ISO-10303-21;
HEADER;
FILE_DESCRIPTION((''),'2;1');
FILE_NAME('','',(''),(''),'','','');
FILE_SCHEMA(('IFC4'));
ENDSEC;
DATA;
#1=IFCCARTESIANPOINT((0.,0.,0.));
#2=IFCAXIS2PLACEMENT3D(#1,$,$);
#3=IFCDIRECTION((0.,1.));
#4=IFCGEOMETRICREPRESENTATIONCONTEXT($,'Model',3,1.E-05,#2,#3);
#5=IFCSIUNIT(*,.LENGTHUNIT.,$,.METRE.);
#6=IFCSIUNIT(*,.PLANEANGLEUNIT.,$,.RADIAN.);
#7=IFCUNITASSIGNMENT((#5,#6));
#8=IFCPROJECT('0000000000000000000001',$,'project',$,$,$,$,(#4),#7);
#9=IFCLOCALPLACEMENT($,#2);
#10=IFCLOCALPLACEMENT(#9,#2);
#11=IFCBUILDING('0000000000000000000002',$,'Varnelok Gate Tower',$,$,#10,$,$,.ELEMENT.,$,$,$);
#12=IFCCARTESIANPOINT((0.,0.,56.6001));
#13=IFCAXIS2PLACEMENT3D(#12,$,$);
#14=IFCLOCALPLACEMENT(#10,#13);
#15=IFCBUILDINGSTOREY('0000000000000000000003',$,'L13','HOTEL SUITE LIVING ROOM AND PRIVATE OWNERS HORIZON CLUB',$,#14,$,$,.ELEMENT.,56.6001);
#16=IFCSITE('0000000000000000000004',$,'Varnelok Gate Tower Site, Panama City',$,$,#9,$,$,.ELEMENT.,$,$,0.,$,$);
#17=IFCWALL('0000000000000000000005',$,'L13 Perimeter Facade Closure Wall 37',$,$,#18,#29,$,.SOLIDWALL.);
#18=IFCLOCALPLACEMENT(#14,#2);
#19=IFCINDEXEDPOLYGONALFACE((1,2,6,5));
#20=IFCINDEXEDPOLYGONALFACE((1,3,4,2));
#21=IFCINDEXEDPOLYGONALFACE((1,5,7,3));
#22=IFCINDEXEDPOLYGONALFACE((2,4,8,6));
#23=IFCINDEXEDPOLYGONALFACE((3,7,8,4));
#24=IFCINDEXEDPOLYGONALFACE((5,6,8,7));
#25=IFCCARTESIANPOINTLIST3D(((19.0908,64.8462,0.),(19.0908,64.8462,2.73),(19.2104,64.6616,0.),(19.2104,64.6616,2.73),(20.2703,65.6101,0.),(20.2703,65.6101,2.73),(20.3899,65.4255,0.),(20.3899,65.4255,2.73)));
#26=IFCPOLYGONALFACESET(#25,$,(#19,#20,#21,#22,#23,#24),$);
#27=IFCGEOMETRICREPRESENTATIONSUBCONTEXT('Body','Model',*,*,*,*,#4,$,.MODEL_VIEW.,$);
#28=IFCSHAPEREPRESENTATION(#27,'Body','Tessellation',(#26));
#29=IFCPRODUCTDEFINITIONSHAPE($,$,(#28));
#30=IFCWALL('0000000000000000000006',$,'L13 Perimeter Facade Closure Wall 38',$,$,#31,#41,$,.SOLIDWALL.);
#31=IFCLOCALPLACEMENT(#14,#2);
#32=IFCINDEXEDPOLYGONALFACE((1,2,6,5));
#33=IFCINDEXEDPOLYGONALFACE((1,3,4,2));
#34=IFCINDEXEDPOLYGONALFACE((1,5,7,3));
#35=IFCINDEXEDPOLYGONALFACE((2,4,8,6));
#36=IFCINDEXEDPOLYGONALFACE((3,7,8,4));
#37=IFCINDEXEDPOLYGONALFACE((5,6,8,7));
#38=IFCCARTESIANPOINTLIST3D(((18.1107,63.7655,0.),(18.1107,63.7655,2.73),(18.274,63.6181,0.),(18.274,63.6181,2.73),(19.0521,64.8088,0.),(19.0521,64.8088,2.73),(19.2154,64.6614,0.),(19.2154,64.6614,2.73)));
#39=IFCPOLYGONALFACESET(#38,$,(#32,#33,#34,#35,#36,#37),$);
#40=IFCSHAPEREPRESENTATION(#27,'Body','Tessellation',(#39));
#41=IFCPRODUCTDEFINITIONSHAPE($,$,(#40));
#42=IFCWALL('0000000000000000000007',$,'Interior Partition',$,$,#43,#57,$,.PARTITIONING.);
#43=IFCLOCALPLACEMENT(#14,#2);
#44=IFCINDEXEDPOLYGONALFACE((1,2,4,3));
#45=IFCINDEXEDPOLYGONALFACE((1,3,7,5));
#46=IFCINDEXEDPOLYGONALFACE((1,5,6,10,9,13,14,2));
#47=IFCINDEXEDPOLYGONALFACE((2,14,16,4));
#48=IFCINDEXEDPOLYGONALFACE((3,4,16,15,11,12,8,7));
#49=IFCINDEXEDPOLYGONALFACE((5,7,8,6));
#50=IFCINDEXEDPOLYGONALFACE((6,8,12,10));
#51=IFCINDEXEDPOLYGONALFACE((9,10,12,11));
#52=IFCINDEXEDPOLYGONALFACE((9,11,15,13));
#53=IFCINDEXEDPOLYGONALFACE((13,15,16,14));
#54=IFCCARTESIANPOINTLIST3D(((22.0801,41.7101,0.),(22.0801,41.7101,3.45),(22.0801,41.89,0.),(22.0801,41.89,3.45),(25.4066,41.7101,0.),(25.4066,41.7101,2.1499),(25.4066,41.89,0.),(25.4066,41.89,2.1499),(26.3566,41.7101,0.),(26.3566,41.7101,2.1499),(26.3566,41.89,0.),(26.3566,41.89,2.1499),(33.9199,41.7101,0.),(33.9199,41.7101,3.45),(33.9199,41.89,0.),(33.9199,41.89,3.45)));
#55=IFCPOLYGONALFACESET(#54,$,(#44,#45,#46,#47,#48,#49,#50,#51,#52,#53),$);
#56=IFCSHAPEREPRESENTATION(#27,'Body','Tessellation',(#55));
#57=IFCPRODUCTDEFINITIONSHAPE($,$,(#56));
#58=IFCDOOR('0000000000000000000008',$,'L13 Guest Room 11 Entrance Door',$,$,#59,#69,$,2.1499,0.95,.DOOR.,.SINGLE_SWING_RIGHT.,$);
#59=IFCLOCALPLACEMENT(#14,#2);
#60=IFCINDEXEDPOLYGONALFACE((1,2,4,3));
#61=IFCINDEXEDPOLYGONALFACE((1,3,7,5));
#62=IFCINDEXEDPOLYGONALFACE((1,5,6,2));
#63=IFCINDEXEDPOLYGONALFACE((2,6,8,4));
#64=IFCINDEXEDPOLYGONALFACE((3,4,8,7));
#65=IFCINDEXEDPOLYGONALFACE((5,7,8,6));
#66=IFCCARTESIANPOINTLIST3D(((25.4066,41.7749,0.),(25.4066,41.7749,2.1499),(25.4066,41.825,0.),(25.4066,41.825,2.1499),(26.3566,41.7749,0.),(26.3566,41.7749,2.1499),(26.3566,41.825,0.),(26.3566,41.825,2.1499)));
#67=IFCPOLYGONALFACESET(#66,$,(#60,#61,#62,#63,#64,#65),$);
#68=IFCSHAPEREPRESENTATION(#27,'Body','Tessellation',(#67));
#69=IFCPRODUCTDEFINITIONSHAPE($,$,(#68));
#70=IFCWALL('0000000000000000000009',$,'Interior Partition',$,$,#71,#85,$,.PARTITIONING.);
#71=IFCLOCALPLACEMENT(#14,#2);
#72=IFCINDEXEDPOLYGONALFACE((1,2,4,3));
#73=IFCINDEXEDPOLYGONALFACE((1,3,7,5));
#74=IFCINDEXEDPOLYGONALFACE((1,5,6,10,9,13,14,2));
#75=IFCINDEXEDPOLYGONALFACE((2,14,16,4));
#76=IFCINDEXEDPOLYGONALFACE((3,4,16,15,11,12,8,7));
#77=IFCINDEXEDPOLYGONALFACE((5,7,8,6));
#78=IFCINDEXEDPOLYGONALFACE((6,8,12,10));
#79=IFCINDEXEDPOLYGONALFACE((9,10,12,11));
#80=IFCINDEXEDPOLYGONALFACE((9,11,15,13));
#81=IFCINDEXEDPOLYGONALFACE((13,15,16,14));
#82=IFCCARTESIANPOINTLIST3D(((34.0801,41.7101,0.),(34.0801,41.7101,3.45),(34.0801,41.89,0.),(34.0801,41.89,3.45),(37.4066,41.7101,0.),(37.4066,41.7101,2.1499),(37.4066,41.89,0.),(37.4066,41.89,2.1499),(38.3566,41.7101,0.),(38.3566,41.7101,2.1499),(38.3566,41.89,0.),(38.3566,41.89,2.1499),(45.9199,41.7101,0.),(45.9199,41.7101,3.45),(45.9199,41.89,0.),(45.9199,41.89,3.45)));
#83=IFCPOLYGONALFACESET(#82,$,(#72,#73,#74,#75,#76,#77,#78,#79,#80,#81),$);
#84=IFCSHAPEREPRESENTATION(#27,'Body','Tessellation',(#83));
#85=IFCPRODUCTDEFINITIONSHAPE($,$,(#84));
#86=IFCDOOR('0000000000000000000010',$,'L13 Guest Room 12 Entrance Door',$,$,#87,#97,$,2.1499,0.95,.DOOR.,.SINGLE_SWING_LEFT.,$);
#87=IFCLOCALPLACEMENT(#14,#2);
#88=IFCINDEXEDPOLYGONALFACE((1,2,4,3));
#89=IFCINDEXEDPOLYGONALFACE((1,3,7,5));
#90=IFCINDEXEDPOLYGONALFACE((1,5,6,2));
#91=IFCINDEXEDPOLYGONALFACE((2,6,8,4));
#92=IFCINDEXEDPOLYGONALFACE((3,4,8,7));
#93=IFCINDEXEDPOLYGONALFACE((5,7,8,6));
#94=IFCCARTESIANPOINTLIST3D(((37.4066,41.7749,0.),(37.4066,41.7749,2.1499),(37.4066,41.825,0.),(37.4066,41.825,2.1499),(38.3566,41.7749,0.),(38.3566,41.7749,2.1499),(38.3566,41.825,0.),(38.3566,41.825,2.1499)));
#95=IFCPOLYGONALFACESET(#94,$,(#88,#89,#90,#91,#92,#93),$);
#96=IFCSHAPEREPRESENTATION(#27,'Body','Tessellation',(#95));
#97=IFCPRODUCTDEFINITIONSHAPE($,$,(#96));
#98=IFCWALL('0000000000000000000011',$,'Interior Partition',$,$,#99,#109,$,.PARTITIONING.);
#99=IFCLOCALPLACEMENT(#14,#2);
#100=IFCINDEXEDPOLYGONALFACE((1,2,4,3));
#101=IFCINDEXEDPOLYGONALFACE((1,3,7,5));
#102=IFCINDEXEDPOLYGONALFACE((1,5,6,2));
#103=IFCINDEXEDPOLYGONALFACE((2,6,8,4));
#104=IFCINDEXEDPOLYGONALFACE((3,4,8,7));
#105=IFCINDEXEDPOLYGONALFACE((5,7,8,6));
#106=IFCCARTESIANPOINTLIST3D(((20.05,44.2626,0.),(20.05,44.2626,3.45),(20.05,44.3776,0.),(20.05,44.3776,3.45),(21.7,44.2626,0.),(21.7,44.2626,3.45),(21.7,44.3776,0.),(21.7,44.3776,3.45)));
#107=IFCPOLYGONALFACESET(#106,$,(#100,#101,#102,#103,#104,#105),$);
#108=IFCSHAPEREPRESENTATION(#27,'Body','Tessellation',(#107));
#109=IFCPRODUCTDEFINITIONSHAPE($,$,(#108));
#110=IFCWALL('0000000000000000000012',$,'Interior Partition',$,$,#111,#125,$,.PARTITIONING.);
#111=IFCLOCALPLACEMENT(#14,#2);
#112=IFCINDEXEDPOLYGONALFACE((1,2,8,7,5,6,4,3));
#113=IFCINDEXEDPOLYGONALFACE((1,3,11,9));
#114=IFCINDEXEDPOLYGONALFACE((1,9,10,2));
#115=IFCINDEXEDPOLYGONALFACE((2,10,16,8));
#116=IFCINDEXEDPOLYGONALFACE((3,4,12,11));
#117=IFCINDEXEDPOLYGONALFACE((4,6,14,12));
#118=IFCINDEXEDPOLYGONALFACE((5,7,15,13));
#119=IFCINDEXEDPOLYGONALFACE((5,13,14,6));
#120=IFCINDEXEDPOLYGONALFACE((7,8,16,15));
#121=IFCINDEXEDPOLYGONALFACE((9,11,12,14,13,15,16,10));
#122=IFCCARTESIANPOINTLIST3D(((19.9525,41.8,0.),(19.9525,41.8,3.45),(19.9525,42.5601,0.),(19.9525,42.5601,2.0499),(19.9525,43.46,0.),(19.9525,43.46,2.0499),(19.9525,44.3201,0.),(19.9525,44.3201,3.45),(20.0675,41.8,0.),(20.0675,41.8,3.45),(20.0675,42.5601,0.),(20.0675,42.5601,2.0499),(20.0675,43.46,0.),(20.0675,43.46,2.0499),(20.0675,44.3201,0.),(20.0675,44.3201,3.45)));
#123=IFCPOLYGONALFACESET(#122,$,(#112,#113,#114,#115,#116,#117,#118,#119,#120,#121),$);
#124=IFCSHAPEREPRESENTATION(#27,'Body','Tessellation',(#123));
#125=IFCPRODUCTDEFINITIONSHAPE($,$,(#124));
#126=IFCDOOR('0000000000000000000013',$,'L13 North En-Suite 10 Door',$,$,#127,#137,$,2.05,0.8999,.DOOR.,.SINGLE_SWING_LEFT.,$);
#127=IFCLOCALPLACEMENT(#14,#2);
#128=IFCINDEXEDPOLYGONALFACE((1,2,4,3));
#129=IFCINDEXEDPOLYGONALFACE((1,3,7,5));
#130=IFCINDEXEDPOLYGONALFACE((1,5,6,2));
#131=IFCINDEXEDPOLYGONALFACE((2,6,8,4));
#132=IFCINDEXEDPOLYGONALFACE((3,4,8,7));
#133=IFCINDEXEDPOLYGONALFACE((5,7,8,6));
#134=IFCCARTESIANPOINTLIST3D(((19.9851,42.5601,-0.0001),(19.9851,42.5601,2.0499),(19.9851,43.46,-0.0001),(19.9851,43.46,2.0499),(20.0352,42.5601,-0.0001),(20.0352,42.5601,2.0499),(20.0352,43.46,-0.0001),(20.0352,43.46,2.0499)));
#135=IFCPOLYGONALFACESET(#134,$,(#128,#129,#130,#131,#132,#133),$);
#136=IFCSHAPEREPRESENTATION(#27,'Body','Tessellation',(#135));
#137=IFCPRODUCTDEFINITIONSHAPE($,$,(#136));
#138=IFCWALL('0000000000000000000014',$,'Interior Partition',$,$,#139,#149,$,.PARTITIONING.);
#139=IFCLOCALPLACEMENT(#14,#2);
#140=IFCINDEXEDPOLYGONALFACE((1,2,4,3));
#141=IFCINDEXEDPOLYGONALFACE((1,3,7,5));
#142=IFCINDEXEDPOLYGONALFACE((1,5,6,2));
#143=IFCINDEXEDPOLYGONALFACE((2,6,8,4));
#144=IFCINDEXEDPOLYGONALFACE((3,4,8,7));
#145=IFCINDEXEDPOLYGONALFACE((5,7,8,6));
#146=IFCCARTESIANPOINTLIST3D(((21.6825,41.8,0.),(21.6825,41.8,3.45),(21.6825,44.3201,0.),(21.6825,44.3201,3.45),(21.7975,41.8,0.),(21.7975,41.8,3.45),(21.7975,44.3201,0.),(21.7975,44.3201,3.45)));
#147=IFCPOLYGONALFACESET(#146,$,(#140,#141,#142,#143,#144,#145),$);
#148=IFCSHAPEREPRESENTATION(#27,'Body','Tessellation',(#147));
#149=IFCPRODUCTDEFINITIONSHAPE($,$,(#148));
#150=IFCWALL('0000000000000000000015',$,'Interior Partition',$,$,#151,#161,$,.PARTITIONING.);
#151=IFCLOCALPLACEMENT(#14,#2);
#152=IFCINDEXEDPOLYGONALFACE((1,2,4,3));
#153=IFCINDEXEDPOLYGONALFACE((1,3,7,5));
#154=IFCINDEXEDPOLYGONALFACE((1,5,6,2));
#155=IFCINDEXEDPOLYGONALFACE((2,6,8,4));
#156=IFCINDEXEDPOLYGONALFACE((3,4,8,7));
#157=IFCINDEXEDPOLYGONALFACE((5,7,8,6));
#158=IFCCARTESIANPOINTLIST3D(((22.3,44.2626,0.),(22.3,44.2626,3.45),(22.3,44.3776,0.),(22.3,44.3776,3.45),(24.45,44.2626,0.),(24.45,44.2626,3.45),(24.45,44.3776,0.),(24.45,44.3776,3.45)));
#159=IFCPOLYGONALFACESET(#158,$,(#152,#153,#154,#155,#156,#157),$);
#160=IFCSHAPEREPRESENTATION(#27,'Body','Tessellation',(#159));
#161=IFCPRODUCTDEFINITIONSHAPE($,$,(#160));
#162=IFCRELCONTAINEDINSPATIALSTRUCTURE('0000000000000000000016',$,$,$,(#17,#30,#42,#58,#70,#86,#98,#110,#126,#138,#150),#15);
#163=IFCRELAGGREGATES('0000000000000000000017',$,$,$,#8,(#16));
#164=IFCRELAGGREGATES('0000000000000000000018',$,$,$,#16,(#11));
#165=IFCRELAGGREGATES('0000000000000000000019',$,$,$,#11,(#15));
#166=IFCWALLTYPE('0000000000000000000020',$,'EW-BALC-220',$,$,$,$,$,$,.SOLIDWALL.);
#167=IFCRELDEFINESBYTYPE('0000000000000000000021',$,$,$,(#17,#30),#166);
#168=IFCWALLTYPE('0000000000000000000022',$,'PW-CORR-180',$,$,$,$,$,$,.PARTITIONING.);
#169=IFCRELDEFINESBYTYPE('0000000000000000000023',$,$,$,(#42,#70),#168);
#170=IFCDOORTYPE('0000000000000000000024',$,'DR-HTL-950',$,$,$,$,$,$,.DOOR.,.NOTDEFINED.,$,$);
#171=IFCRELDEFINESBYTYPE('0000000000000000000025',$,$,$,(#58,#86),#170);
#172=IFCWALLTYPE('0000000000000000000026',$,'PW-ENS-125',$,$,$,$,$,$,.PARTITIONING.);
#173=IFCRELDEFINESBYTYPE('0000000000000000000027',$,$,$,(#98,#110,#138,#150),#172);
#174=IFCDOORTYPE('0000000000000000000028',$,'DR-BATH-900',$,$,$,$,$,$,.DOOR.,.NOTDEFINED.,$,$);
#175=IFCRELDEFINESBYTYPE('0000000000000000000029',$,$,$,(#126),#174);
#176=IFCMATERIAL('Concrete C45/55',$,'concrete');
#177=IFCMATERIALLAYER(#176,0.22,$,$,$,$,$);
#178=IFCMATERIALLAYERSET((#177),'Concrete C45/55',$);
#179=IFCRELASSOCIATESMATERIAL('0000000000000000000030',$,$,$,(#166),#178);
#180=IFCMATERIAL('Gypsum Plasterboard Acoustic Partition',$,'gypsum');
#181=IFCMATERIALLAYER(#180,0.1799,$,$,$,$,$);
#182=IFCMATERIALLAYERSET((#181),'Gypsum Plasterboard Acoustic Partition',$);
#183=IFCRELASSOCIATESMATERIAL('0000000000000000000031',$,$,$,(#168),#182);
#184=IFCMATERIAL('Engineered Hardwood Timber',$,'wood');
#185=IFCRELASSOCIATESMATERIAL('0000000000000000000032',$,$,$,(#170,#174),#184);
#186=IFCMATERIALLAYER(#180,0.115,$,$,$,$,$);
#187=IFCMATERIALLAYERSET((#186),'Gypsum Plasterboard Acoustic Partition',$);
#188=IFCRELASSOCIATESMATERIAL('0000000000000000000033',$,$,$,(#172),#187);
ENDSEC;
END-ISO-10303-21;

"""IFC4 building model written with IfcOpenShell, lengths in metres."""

from ifc_helpers import new_model, si_unit, direction, frame, frame_2d, origin, place, context, subcontext, project, spatial, rectangle, extrude, material, layer, layer_set, type_object, element, fill, save


model = new_model("IFC4")

# Units and contexts
model_context = context("Model", 3, precision=1e-05, world=origin(), true_north=direction((0.0, 1.0)))
body_context = subcontext(model_context, "Body", "Model", "MODEL_VIEW")
ifc_project = project(units=[si_unit("LENGTHUNIT", "METRE"), si_unit("PLANEANGLEUNIT", "RADIAN")], contexts=[model_context])

# Site, building, storey
site_placement = place(None, origin())
site = spatial("IfcSite", under=ifc_project, at=site_placement, Name="Varnelok Gate Tower Site, Panama City", CompositionType="ELEMENT", RefElevation=0.0)
building_placement = place(site_placement, origin())
building = spatial("IfcBuilding", under=site, at=building_placement, Name="Varnelok Gate Tower", CompositionType="ELEMENT")
storey_placement = place(building_placement, frame((0.0, 0.0, 56.6001)))
storey = spatial("IfcBuildingStorey", under=building, at=storey_placement, Name="L13", Description="HOTEL SUITE LIVING ROOM AND PRIVATE OWNERS HORIZON CLUB", CompositionType="ELEMENT", Elevation=56.6001)

# Walls
ifc_material_1 = material(Name="Concrete C45/55", Category="concrete")
ifc_layer_1 = layer(ifc_material_1, 0.22)
ifc_layer_set_1 = layer_set([ifc_layer_1], Name="Concrete C45/55")
wall_type_1 = type_object("IfcWallType", Name="EW-BALC-220", PredefinedType="SOLIDWALL", material=ifc_layer_set_1)
for number, where, z_axis, x_axis, name in (
    (1, (20.3301, 65.5178, 0.0), (0.0, 0.0, 1.0), (-0.839328, -0.543626, 0.0), "L13 Perimeter Facade Closure Wall 37"),
    (2, (19.1338, 64.7351, 0.0), (0.0, 0.0, 1.0), (-0.669953, -0.742404, 0.0), "L13 Perimeter Facade Closure Wall 38"),
):
    element("IfcWall", number, at=place(storey_placement, frame(where, z_axis=z_axis, x_axis=x_axis)), inside=storey, type_object=wall_type_1, Name=name, PredefinedType="SOLIDWALL", context=body_context, shape_type="SweptSolid", body=[
        extrude(rectangle(XDim=1.4053, YDim=0.22, at=frame_2d((0.7026, 0.0))), origin(), (0.0, 0.0, 1.0), 2.73),
    ])

# Walls, openings, doors
ifc_material_2 = material(Name="Gypsum Plasterboard Acoustic Partition", Category="gypsum")
ifc_layer_2 = layer(ifc_material_2, 0.1799)
ifc_layer_set_2 = layer_set([ifc_layer_2], Name="Gypsum Plasterboard Acoustic Partition")
wall_type_2 = type_object("IfcWallType", Name="PW-CORR-180", PredefinedType="PARTITIONING", material=ifc_layer_set_2)
wall_1_placement = place(storey_placement, frame((22.0801, 41.8, 0.0), z_axis=(0.0, 0.0, 1.0), x_axis=(1.0, 0.0, 0.0)))
wall_1 = element("IfcWall", 3, at=wall_1_placement, inside=storey, type_object=wall_type_2, Name="Interior Partition", PredefinedType="PARTITIONING", context=body_context, shape_type="SweptSolid", body=[
    extrude(rectangle(XDim=11.8398, YDim=0.1799, at=frame_2d((5.9199, 0.0))), origin(), (0.0, 0.0, 1.0), 3.45),
])
opening_1_placement = place(wall_1_placement, frame((3.3264, 0.0, 0.0)))
opening_1 = element("IfcOpeningElement", 4, at=opening_1_placement, cuts=wall_1, PredefinedType="OPENING", context=body_context, shape_type="SweptSolid", body=[
    extrude(rectangle(XDim=0.95, YDim=2.1499, at=frame_2d((0.4751, 1.075))), frame((0.0, 0.0999, 0.0), z_axis=(0.0, -1.0, 0.0), x_axis=(1.0, 0.0, 0.0)), (0.0, 0.0, 1.0), 0.2),
])
ifc_material_3 = material(Name="Engineered Hardwood Timber", Category="wood")
door_type_1 = type_object("IfcDoorType", Name="DR-HTL-950", OperationType="NOTDEFINED", PredefinedType="DOOR", material=ifc_material_3)
door_1_placement = place(opening_1_placement, origin())
door_1 = element("IfcDoor", 5, at=door_1_placement, inside=storey, type_object=door_type_1, Name="L13 Guest Room 11 Entrance Door", OperationType="SINGLE_SWING_RIGHT", OverallHeight=2.1499, OverallWidth=0.95, PredefinedType="DOOR", context=body_context, shape_type="SweptSolid", body=[
    extrude(rectangle(XDim=0.95, YDim=2.1499, at=frame_2d((0.4751, 1.075))), frame((0.0, 0.0249, 0.0), z_axis=(0.0, -1.0, 0.0), x_axis=(1.0, 0.0, 0.0)), (0.0, 0.0, 1.0), 0.05),
])
fill(opening_1, door_1)
wall_2_placement = place(storey_placement, frame((34.0801, 41.8, 0.0), z_axis=(0.0, 0.0, 1.0), x_axis=(1.0, 0.0, 0.0)))
wall_2 = element("IfcWall", 6, at=wall_2_placement, inside=storey, type_object=wall_type_2, Name="Interior Partition", PredefinedType="PARTITIONING", context=body_context, shape_type="SweptSolid", body=[
    extrude(rectangle(XDim=11.8398, YDim=0.1799, at=frame_2d((5.9199, 0.0))), origin(), (0.0, 0.0, 1.0), 3.45),
])
opening_2_placement = place(wall_2_placement, frame((3.3264, 0.0, 0.0)))
opening_2 = element("IfcOpeningElement", 7, at=opening_2_placement, cuts=wall_2, PredefinedType="OPENING", context=body_context, shape_type="SweptSolid", body=[
    extrude(rectangle(XDim=0.95, YDim=2.1499, at=frame_2d((0.4751, 1.075))), frame((0.0, 0.0999, 0.0), z_axis=(0.0, -1.0, 0.0), x_axis=(1.0, 0.0, 0.0)), (0.0, 0.0, 1.0), 0.2),
])
door_2_placement = place(opening_2_placement, origin())
door_2 = element("IfcDoor", 8, at=door_2_placement, inside=storey, type_object=door_type_1, Name="L13 Guest Room 12 Entrance Door", OperationType="SINGLE_SWING_LEFT", OverallHeight=2.1499, OverallWidth=0.95, PredefinedType="DOOR", context=body_context, shape_type="SweptSolid", body=[
    extrude(rectangle(XDim=0.95, YDim=2.1499, at=frame_2d((0.4751, 1.075))), frame((0.0, 0.0249, 0.0), z_axis=(0.0, -1.0, 0.0), x_axis=(1.0, 0.0, 0.0)), (0.0, 0.0, 1.0), 0.05),
])
fill(opening_2, door_2)

# Wall
ifc_layer_3 = layer(ifc_material_2, 0.115)
ifc_layer_set_3 = layer_set([ifc_layer_3], Name="Gypsum Plasterboard Acoustic Partition")
wall_type_3 = type_object("IfcWallType", Name="PW-ENS-125", PredefinedType="PARTITIONING", material=ifc_layer_set_3)
wall_3_placement = place(storey_placement, frame((20.05, 44.3201, 0.0), z_axis=(0.0, 0.0, 1.0), x_axis=(1.0, 0.0, 0.0)))
element("IfcWall", 9, at=wall_3_placement, inside=storey, type_object=wall_type_3, Name="Interior Partition", PredefinedType="PARTITIONING", context=body_context, shape_type="SweptSolid", body=[
    extrude(rectangle(XDim=1.6499, YDim=0.115, at=frame_2d((0.825, 0.0))), origin(), (0.0, 0.0, 1.0), 3.45),
])

# Wall, opening, door
wall_4_placement = place(storey_placement, frame((20.01, 41.8, 0.0), z_axis=(0.0, 0.0, 1.0), x_axis=(0.0, 1.0, 0.0)))
wall_4 = element("IfcWall", 10, at=wall_4_placement, inside=storey, type_object=wall_type_3, Name="Interior Partition", PredefinedType="PARTITIONING", context=body_context, shape_type="SweptSolid", body=[
    extrude(rectangle(XDim=2.52, YDim=0.115, at=frame_2d((1.26, 0.0))), origin(), (0.0, 0.0, 1.0), 3.45),
])
opening_3_placement = place(wall_4_placement, frame((0.76, 0.0, 0.0)))
opening_3 = element("IfcOpeningElement", 11, at=opening_3_placement, cuts=wall_4, PredefinedType="OPENING", context=body_context, shape_type="SweptSolid", body=[
    extrude(rectangle(XDim=0.8999, YDim=2.05, at=frame_2d((0.45, 1.0249))), frame((0.0, 0.0674, 0.0), z_axis=(0.0, -1.0, 0.0), x_axis=(1.0, 0.0, 0.0)), (0.0, 0.0, 1.0), 0.135),
])
door_type_2 = type_object("IfcDoorType", Name="DR-BATH-900", OperationType="NOTDEFINED", PredefinedType="DOOR", material=ifc_material_3)
door_3_placement = place(opening_3_placement, origin())
door_3 = element("IfcDoor", 12, at=door_3_placement, inside=storey, type_object=door_type_2, Name="L13 North En-Suite 10 Door", OperationType="SINGLE_SWING_LEFT", OverallHeight=2.05, OverallWidth=0.8999, PredefinedType="DOOR", context=body_context, shape_type="SweptSolid", body=[
    extrude(rectangle(XDim=0.8999, YDim=2.05, at=frame_2d((0.45, 1.0249))), frame((0.0, 0.0249, 0.0), z_axis=(0.0, -1.0, 0.0), x_axis=(1.0, 0.0, 0.0)), (0.0, 0.0, 1.0), 0.05),
])
fill(opening_3, door_3)

# Walls
wall_5_placement = place(storey_placement, frame((21.74, 41.8, 0.0), z_axis=(0.0, 0.0, 1.0), x_axis=(0.0, 1.0, 0.0)))
element("IfcWall", 13, at=wall_5_placement, inside=storey, type_object=wall_type_3, Name="Interior Partition", PredefinedType="PARTITIONING", context=body_context, shape_type="SweptSolid", body=[
    extrude(rectangle(XDim=2.52, YDim=0.115, at=frame_2d((1.26, 0.0))), origin(), (0.0, 0.0, 1.0), 3.45),
])
wall_6_placement = place(storey_placement, frame((22.3, 44.3201, 0.0), z_axis=(0.0, 0.0, 1.0), x_axis=(1.0, 0.0, 0.0)))
element("IfcWall", 14, at=wall_6_placement, inside=storey, type_object=wall_type_3, Name="Interior Partition", PredefinedType="PARTITIONING", context=body_context, shape_type="SweptSolid", body=[
    extrude(rectangle(XDim=2.1499, YDim=0.115, at=frame_2d((1.075, 0.0))), origin(), (0.0, 0.0, 1.0), 3.45),
])

save(model, "model.ifc")
